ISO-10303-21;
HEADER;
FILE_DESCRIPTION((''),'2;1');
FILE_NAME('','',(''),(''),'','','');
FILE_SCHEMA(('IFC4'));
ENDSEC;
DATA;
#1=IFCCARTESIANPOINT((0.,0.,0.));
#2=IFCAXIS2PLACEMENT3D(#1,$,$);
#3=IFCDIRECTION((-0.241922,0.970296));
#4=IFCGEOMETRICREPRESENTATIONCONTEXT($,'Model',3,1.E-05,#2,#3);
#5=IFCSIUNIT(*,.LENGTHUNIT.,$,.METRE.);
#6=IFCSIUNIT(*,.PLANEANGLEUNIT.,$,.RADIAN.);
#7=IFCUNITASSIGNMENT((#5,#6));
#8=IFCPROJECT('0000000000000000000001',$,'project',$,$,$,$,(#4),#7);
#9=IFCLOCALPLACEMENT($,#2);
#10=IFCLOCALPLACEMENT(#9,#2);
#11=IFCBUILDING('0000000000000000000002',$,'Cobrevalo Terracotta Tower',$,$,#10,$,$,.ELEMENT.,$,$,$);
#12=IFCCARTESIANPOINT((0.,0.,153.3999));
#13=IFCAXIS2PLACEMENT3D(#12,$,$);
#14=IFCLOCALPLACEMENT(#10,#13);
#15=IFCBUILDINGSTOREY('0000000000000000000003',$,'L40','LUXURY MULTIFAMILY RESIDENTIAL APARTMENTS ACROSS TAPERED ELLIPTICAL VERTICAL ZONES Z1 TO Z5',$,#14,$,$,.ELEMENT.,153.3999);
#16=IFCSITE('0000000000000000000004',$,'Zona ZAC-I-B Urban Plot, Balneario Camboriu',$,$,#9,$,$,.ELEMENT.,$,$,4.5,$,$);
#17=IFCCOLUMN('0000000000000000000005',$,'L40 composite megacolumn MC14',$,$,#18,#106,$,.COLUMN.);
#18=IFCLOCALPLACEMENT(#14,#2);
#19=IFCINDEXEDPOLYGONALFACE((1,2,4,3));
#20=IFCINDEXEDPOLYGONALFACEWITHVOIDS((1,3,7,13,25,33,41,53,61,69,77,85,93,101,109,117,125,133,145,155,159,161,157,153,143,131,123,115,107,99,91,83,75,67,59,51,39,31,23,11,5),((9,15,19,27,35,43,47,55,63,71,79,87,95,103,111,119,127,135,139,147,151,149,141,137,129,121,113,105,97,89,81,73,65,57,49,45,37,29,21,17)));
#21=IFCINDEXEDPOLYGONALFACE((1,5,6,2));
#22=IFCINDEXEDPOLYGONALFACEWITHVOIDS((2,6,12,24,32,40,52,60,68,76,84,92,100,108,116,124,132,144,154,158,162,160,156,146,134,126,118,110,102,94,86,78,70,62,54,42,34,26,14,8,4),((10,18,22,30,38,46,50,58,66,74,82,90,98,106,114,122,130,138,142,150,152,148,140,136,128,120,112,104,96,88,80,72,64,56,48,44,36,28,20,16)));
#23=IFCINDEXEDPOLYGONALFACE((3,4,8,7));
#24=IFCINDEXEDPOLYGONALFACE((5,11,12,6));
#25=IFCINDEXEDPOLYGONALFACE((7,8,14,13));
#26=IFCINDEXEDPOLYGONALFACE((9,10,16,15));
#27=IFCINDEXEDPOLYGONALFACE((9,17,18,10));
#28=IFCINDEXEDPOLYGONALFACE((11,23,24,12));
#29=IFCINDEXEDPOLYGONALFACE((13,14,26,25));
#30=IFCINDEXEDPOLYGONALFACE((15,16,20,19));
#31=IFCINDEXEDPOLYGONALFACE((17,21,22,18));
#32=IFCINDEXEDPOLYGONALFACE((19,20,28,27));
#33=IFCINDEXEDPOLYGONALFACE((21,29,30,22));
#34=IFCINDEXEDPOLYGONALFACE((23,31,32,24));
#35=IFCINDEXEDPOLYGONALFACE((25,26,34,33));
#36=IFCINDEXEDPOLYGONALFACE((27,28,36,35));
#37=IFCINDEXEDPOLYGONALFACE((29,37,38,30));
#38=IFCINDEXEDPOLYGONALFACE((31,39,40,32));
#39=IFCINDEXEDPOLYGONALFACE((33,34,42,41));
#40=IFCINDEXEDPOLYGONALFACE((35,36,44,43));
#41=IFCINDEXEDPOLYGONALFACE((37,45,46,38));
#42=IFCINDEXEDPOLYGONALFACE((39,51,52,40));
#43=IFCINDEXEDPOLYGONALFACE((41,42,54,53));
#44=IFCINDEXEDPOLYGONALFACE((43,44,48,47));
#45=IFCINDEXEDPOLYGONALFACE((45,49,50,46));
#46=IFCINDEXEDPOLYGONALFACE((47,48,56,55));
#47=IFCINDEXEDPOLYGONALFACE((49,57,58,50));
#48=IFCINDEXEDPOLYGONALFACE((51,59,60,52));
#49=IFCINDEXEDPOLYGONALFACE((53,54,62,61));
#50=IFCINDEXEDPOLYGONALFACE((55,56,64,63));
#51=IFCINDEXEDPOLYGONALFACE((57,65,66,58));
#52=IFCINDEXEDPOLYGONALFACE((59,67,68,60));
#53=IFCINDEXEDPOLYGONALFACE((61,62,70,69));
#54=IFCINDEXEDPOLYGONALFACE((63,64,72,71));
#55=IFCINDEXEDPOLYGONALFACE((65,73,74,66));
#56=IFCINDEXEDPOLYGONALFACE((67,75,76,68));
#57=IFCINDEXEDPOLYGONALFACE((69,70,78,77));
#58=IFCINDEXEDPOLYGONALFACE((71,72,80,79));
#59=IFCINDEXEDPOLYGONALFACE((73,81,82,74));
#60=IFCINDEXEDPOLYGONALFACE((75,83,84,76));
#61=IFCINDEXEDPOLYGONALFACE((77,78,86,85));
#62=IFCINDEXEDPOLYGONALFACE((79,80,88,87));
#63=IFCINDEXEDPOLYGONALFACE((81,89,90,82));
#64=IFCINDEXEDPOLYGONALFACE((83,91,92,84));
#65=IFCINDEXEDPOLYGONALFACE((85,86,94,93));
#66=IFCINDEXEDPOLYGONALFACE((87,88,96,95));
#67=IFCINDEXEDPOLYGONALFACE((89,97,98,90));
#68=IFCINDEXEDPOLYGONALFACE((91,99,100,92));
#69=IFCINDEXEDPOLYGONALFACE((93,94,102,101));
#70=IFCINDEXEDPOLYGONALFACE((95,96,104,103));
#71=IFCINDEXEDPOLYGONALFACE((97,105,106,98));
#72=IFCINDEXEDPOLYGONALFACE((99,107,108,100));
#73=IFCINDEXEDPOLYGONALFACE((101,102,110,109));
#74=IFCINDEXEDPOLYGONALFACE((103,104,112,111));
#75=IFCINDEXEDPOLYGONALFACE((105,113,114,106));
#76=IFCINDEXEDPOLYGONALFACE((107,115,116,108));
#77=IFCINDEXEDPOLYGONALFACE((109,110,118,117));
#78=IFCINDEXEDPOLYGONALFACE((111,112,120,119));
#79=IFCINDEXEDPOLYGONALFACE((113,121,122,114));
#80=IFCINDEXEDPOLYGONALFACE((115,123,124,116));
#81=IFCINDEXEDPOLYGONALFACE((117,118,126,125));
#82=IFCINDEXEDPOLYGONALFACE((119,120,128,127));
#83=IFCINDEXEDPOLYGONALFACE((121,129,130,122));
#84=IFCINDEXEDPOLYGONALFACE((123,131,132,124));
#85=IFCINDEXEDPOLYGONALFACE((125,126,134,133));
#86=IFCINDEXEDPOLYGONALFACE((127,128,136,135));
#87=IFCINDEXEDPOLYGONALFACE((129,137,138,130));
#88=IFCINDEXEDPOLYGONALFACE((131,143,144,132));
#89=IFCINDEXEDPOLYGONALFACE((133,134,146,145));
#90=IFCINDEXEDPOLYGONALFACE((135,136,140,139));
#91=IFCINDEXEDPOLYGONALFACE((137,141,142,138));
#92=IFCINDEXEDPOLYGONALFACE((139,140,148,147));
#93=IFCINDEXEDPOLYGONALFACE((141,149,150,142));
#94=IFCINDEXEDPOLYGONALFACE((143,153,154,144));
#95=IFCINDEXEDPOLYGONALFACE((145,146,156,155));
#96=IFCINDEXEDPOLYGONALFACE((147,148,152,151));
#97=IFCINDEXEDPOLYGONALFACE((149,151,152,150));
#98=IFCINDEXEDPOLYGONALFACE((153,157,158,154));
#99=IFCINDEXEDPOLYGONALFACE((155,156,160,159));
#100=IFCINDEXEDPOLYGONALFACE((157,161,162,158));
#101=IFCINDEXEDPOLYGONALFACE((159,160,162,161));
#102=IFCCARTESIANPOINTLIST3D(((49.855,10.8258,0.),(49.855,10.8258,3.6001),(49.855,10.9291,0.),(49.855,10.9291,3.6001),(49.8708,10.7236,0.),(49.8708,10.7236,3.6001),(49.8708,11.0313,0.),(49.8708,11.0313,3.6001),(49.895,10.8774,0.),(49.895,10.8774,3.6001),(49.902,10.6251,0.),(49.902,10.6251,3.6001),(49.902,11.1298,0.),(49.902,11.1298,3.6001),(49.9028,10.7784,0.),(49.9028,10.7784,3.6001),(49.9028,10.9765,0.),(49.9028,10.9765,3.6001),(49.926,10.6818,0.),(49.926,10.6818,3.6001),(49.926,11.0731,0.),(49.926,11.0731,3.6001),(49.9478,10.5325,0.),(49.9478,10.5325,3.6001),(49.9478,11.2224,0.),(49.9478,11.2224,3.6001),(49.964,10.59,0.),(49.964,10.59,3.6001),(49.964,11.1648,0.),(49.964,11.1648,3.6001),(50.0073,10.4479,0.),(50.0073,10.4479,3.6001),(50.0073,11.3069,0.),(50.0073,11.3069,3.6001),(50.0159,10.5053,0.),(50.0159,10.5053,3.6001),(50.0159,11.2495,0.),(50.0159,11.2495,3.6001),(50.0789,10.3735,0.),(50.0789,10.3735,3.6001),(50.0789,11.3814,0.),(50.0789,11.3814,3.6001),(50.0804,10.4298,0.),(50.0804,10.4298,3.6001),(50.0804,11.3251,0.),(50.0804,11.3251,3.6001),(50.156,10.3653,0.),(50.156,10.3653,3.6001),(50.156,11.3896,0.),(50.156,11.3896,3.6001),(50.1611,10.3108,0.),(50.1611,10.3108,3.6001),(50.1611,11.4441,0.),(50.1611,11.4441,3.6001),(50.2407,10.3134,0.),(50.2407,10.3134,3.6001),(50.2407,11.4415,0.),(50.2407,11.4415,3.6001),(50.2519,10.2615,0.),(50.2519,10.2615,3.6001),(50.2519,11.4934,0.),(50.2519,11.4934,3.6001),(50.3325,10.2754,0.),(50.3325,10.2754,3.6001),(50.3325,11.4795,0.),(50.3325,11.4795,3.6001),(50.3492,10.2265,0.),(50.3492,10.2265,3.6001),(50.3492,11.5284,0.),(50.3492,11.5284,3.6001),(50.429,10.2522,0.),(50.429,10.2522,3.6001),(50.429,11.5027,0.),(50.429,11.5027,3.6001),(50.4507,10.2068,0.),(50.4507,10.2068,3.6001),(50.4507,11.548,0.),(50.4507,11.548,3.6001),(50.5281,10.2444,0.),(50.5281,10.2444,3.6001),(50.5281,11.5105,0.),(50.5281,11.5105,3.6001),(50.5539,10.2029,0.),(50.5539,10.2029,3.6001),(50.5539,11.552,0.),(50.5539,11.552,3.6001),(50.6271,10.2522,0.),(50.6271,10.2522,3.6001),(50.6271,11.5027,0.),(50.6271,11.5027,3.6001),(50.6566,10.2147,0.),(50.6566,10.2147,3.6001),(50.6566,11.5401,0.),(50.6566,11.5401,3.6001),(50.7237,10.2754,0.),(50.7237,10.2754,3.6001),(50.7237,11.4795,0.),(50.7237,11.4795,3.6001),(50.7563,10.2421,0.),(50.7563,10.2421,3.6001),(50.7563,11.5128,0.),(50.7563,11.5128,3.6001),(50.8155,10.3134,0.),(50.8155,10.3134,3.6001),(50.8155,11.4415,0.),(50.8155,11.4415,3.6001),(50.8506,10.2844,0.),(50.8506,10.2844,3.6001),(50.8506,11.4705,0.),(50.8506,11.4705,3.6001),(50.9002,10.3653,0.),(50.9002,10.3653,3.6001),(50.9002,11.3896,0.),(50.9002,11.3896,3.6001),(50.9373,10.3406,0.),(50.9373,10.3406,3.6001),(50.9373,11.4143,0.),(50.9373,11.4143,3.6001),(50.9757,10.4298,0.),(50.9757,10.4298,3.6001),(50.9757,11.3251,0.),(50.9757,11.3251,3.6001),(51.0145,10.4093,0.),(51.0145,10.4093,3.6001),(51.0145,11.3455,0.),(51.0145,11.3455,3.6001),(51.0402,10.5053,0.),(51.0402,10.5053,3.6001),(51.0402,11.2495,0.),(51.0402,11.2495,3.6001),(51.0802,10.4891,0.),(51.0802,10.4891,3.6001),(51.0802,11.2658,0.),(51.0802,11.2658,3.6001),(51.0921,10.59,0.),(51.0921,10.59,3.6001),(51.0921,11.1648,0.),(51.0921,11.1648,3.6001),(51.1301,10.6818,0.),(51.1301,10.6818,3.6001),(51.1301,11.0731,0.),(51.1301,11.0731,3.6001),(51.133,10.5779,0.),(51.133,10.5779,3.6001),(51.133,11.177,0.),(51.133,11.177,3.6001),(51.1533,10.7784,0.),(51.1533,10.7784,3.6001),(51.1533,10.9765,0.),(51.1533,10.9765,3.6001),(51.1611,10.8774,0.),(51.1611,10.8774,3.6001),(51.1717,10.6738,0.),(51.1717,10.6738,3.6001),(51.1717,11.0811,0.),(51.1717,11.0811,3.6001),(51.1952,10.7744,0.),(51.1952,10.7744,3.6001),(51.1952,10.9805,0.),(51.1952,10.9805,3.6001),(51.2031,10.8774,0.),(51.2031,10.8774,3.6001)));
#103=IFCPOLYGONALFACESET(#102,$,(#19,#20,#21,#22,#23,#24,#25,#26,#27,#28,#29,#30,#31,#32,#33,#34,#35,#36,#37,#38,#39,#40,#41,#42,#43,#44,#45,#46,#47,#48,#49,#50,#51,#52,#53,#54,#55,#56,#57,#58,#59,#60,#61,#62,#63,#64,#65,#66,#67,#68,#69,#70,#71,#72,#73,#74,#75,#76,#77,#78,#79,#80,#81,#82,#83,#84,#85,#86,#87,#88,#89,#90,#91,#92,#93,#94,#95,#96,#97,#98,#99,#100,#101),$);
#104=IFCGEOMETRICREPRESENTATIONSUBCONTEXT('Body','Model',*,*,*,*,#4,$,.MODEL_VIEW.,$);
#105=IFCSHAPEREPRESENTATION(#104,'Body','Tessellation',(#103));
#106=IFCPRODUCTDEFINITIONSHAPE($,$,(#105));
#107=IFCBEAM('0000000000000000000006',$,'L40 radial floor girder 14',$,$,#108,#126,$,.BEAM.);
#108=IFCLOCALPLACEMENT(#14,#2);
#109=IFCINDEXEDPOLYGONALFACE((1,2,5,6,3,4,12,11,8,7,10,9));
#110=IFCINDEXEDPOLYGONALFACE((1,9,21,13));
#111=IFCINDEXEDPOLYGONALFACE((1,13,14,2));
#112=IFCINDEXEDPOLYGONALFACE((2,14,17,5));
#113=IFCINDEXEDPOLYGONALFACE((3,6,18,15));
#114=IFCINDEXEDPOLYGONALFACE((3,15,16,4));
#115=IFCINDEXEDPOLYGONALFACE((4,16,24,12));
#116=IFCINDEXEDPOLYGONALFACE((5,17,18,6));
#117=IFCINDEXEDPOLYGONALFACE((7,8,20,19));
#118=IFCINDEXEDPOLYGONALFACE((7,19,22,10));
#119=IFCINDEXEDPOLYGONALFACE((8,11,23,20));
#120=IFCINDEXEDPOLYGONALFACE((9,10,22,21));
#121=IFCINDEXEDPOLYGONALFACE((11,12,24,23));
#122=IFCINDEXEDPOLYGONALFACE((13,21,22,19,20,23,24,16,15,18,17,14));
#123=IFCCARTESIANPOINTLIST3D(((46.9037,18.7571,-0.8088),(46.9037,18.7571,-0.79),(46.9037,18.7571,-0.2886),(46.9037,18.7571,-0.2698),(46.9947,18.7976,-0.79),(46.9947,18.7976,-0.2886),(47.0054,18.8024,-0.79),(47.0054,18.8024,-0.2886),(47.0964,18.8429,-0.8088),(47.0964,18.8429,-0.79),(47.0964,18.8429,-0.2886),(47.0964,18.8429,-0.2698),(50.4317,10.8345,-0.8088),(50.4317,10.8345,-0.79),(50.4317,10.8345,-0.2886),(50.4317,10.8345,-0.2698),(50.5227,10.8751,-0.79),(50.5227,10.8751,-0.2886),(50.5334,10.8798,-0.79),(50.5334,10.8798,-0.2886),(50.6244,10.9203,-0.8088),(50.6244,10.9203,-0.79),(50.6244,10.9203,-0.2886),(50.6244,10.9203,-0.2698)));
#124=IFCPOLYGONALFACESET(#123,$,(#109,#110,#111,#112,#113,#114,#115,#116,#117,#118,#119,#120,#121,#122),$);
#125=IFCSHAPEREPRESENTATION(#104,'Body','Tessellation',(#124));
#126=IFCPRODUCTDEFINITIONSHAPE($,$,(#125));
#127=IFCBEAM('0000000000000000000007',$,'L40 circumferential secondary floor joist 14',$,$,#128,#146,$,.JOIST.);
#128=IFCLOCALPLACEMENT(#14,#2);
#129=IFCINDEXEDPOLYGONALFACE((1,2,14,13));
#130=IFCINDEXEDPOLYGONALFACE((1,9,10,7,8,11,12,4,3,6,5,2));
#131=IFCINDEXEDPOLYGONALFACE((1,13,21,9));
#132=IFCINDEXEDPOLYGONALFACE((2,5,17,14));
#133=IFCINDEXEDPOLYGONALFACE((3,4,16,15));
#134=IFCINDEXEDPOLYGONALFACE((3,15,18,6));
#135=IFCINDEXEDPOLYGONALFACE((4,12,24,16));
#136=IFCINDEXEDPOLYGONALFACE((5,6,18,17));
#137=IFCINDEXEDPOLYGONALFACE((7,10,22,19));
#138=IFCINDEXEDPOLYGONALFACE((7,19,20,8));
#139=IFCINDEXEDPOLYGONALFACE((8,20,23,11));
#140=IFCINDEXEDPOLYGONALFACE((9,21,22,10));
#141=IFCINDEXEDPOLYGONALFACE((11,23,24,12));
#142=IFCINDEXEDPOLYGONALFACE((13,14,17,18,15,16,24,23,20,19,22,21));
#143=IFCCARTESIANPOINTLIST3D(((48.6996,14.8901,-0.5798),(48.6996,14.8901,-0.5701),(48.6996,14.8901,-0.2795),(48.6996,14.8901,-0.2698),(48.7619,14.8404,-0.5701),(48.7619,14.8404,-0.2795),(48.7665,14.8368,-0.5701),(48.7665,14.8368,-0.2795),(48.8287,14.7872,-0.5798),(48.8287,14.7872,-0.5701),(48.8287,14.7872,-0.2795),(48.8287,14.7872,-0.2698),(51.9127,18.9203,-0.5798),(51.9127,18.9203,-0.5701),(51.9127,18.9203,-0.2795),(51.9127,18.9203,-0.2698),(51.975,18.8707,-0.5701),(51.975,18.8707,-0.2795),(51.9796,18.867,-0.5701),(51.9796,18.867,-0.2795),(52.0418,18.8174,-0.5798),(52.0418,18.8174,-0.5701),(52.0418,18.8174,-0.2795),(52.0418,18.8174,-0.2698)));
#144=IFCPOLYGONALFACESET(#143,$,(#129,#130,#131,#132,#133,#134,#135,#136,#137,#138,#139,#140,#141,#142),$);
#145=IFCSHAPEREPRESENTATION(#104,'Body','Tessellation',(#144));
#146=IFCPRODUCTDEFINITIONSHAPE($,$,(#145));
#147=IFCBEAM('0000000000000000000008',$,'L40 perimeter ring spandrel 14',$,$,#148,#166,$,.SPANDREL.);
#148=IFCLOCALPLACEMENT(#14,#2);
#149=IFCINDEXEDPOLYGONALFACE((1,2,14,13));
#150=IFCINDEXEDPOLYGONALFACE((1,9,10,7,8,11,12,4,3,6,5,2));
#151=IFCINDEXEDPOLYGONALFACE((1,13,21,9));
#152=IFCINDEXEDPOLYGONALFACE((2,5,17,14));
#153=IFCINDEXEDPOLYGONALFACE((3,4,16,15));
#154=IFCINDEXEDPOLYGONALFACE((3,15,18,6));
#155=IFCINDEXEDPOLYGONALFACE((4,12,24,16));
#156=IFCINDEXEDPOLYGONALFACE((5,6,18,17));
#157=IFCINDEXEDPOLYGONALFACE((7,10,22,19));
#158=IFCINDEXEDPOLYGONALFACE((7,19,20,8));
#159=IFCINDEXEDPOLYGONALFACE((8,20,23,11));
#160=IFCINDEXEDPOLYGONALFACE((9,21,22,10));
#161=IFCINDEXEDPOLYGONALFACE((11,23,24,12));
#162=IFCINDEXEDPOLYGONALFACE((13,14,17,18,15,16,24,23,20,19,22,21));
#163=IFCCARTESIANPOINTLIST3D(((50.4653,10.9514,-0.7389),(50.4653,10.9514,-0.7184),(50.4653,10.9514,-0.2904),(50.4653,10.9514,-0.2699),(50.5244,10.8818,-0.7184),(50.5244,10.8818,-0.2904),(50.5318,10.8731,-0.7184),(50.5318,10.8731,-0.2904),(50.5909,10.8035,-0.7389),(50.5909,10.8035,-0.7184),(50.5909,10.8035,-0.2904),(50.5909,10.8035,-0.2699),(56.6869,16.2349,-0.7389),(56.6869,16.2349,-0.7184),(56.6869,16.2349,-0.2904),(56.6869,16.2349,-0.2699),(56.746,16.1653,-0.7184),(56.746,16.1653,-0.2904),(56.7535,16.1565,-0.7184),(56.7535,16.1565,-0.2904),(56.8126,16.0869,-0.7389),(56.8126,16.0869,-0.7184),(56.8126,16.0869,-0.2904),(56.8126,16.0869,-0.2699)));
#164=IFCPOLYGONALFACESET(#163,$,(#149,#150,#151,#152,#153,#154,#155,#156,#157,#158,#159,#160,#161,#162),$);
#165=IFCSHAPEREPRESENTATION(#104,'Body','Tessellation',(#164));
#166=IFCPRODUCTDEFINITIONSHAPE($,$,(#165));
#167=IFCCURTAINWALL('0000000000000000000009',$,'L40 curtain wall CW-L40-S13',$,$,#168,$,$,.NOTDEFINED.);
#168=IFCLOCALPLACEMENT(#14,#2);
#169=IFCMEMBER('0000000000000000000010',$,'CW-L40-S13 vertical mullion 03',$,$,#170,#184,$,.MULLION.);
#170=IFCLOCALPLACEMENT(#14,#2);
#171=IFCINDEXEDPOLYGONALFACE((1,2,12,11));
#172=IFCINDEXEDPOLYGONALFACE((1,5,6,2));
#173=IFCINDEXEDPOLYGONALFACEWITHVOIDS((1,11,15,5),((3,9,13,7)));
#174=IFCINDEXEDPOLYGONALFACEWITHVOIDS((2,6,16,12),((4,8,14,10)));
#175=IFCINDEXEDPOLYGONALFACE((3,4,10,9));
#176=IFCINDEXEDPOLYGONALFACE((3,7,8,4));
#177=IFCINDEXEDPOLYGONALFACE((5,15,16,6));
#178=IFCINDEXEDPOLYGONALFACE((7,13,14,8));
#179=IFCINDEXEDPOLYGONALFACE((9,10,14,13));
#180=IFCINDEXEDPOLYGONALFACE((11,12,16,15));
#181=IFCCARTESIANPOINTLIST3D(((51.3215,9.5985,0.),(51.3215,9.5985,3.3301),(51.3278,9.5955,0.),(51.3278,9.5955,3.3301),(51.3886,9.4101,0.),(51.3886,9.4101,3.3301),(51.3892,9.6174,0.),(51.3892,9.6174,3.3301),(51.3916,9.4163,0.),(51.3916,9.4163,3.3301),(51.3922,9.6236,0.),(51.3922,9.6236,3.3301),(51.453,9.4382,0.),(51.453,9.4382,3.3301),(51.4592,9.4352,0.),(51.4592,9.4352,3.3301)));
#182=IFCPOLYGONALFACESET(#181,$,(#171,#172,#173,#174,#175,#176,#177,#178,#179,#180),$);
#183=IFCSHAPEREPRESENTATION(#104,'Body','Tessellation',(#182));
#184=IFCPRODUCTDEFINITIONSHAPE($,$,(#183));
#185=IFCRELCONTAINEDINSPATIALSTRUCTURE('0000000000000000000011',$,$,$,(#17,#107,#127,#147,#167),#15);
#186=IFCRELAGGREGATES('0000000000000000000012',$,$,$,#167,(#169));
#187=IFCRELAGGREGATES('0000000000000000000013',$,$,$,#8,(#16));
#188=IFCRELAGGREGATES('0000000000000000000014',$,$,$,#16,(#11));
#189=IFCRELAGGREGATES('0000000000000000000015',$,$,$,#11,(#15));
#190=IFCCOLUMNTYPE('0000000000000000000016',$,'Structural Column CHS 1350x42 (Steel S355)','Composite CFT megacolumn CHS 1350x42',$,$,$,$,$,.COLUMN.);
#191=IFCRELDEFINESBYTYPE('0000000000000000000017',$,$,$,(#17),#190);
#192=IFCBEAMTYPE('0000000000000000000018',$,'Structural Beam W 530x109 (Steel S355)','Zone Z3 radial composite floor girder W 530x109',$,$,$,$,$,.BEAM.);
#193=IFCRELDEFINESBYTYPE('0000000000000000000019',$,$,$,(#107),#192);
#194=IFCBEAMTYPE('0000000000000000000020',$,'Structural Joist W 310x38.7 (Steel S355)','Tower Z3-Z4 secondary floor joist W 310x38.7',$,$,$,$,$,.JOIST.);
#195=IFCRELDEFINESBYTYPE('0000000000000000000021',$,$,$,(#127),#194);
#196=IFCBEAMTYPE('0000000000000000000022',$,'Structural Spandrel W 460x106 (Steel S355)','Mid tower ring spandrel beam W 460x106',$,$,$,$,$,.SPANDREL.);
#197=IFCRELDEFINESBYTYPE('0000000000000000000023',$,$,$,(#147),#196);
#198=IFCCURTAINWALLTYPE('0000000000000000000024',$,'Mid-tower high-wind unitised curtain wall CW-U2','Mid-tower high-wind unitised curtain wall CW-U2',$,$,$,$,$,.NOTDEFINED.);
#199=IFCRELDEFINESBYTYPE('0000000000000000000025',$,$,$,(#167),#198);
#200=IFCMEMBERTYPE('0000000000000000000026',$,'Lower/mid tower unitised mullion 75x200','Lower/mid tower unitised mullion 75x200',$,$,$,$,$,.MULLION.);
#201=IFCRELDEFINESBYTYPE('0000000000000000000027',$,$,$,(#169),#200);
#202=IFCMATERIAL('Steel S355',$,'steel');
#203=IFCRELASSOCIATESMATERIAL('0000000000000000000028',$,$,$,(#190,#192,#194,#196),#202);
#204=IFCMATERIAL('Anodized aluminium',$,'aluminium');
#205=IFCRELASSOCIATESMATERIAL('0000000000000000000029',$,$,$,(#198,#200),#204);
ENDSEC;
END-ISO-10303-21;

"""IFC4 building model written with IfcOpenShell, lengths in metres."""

from ifc_helpers import new_model, si_unit, direction, frame, origin, origin_2d, place, context, subcontext, project, spatial, hollow_rectangle, hollow_circle, i_section, extrude, source, transform, mapped, material, material_profile, profile_set, type_object, element, aggregate, save


model = new_model("IFC4")

# Units and contexts
model_context = context("Model", 3, precision=1e-05, world=origin(), true_north=direction((-0.241922, 0.970296)))
body_context = subcontext(model_context, "Body", "Model", "MODEL_VIEW")
ifc_project = project(units=[si_unit("LENGTHUNIT", "METRE"), si_unit("PLANEANGLEUNIT", "RADIAN")], contexts=[model_context])

# Site, building, storey
site_placement = place(None, origin())
site = spatial("IfcSite", under=ifc_project, at=site_placement, Name="Zona ZAC-I-B Urban Plot, Balneario Camboriu", CompositionType="ELEMENT", RefElevation=4.5)
building_placement = place(site_placement, origin())
building = spatial("IfcBuilding", under=site, at=building_placement, Name="Cobrevalo Terracotta Tower", CompositionType="ELEMENT")
storey_placement = place(building_placement, frame((0.0, 0.0, 153.3999)))
storey = spatial("IfcBuildingStorey", under=building, at=storey_placement, Name="L40", Description="LUXURY MULTIFAMILY RESIDENTIAL APARTMENTS ACROSS TAPERED ELLIPTICAL VERTICAL ZONES Z1 TO Z5", CompositionType="ELEMENT", Elevation=153.3999)

# Column
ifc_material_1 = material(Name="Steel S355", Category="steel")
ifc_material_profile_1 = material_profile(ifc_material_1, hollow_circle(Radius=0.675, WallThickness=0.042, at=origin_2d()), Name="CHS 1350x42")
ifc_profile_set_1 = profile_set([ifc_material_profile_1], Name="Steel S355")
column_type = type_object("IfcColumnType", Name="Structural Column CHS 1350x42 (Steel S355)", Description="Composite CFT megacolumn CHS 1350x42", PredefinedType="COLUMN", material=ifc_profile_set_1)
column_placement = place(storey_placement, frame((50.5281, 10.8774, 0.0), z_axis=(0.0, 0.0, 1.0), x_axis=(1.0, 0.0, 0.0)))
element("IfcColumn", 1, at=column_placement, inside=storey, type_object=column_type, Name="L40 composite megacolumn MC14", PredefinedType="COLUMN", context=body_context, shape_type="SweptSolid", body=[
    extrude(hollow_circle(Radius=0.675, WallThickness=0.042, at=origin_2d()), origin(), (0.0, 0.0, 1.0), 3.6001),
])

# Beams
ifc_material_profile_2 = material_profile(ifc_material_1, i_section(OverallWidth=0.2109, OverallDepth=0.5391, WebThickness=0.0117, FlangeThickness=0.0188, at=origin_2d()), Name="W 530x109")
ifc_profile_set_2 = profile_set([ifc_material_profile_2], Name="Steel S355")
beam_type_1 = type_object("IfcBeamType", Name="Structural Beam W 530x109 (Steel S355)", Description="Zone Z3 radial composite floor girder W 530x109", PredefinedType="BEAM", material=ifc_profile_set_2)
beam_1_placement = place(storey_placement, frame((50.5281, 10.8774, -0.5393), z_axis=(-0.406804, 0.913515, 0.0), x_axis=(-0.913515, -0.406804, 0.0)))
element("IfcBeam", 2, at=beam_1_placement, inside=storey, type_object=beam_type_1, Name="L40 radial floor girder 14", PredefinedType="BEAM", context=body_context, shape_type="SweptSolid", body=[
    extrude(i_section(OverallWidth=0.2109, OverallDepth=0.5391, WebThickness=0.0117, FlangeThickness=0.0188, at=origin_2d()), origin(), (0.0, 0.0, 1.0), 8.6726),
])
ifc_material_profile_3 = material_profile(ifc_material_1, i_section(OverallWidth=0.165, OverallDepth=0.3101, WebThickness=0.0059, FlangeThickness=0.0098, at=origin_2d()), Name="W 310x38.7")
ifc_profile_set_3 = profile_set([ifc_material_profile_3], Name="Steel S355")
beam_type_2 = type_object("IfcBeamType", Name="Structural Joist W 310x38.7 (Steel S355)", Description="Tower Z3-Z4 secondary floor joist W 310x38.7", PredefinedType="JOIST", material=ifc_profile_set_3)
beam_2_placement = place(storey_placement, frame((48.7642, 14.8386, -0.4248), z_axis=(0.623383, 0.781917, 0.0), x_axis=(-0.781917, 0.623383, 0.0)))
element("IfcBeam", 3, at=beam_2_placement, inside=storey, type_object=beam_type_2, Name="L40 circumferential secondary floor joist 14", PredefinedType="JOIST", context=body_context, shape_type="SweptSolid", body=[
    extrude(i_section(OverallWidth=0.165, OverallDepth=0.3101, WebThickness=0.0059, FlangeThickness=0.0098, at=origin_2d()), origin(), (0.0, 0.0, 1.0), 5.1543),
])
ifc_material_profile_4 = material_profile(ifc_material_1, i_section(OverallWidth=0.1941, OverallDepth=0.469, WebThickness=0.0115, FlangeThickness=0.0205, at=origin_2d()), Name="W 460x106")
ifc_profile_set_4 = profile_set([ifc_material_profile_4], Name="Steel S355")
beam_type_3 = type_object("IfcBeamType", Name="Structural Spandrel W 460x106 (Steel S355)", Description="Mid tower ring spandrel beam W 460x106", PredefinedType="SPANDREL", material=ifc_profile_set_4)
beam_3_placement = place(storey_placement, frame((50.5281, 10.8774, -0.5044), z_axis=(0.76224, 0.647294, 0.0), x_axis=(-0.647294, 0.76224, 0.0)))
element("IfcBeam", 4, at=beam_3_placement, inside=storey, type_object=beam_type_3, Name="L40 perimeter ring spandrel 14", PredefinedType="SPANDREL", context=body_context, shape_type="SweptSolid", body=[
    extrude(i_section(OverallWidth=0.1941, OverallDepth=0.469, WebThickness=0.0115, FlangeThickness=0.0205, at=origin_2d()), origin(), (0.0, 0.0, 1.0), 8.1624),
])

# Curtain wall, member
ifc_material_2 = material(Name="Anodized aluminium", Category="aluminium")
curtain_wall_type = type_object("IfcCurtainWallType", Name="Mid-tower high-wind unitised curtain wall CW-U2", Description="Mid-tower high-wind unitised curtain wall CW-U2", PredefinedType="NOTDEFINED", material=ifc_material_2)
curtain_wall_1_placement = place(storey_placement, origin())
curtain_wall_1 = element("IfcCurtainWall", 5, at=curtain_wall_1_placement, inside=storey, type_object=curtain_wall_type, Name="L40 curtain wall CW-L40-S13", PredefinedType="NOTDEFINED")
ifc_material_profile_5 = material_profile(ifc_material_2, hollow_rectangle(XDim=0.075, YDim=0.2, WallThickness=0.0049, at=origin_2d()), Name="CWM 75x200")
ifc_profile_set_5 = profile_set([ifc_material_profile_5], Name="Anodized aluminium")
member_type_1 = type_object("IfcMemberType", Name="Lower/mid tower unitised mullion 75x200", Description="Lower/mid tower unitised mullion 75x200", PredefinedType="MULLION", material=ifc_profile_set_5)
shared_shape_1 = source(origin(), body_context, "Body", "SweptSolid", [
    extrude(hollow_rectangle(XDim=0.075, YDim=0.2, WallThickness=0.0049, at=origin_2d()), origin(), (0.0, 0.0, 1.0), 3.3301),
])
member_1_placement = place(storey_placement, frame((51.3904, 9.5168, 0.0), z_axis=(0.0, 0.0, 1.0), x_axis=(0.942098, 0.335336, 0.0)))
member_1 = element("IfcMember", 6, at=member_1_placement, type_object=member_type_1, Name="CW-L40-S13 vertical mullion 03", PredefinedType="MULLION", context=body_context, shape_type="MappedRepresentation", body=[
    mapped(shared_shape_1, transform((0.0, 0.0, 0.0), scale=1.0)),
])

aggregate(curtain_wall_1, [member_1])

save(model, "model.ifc")
